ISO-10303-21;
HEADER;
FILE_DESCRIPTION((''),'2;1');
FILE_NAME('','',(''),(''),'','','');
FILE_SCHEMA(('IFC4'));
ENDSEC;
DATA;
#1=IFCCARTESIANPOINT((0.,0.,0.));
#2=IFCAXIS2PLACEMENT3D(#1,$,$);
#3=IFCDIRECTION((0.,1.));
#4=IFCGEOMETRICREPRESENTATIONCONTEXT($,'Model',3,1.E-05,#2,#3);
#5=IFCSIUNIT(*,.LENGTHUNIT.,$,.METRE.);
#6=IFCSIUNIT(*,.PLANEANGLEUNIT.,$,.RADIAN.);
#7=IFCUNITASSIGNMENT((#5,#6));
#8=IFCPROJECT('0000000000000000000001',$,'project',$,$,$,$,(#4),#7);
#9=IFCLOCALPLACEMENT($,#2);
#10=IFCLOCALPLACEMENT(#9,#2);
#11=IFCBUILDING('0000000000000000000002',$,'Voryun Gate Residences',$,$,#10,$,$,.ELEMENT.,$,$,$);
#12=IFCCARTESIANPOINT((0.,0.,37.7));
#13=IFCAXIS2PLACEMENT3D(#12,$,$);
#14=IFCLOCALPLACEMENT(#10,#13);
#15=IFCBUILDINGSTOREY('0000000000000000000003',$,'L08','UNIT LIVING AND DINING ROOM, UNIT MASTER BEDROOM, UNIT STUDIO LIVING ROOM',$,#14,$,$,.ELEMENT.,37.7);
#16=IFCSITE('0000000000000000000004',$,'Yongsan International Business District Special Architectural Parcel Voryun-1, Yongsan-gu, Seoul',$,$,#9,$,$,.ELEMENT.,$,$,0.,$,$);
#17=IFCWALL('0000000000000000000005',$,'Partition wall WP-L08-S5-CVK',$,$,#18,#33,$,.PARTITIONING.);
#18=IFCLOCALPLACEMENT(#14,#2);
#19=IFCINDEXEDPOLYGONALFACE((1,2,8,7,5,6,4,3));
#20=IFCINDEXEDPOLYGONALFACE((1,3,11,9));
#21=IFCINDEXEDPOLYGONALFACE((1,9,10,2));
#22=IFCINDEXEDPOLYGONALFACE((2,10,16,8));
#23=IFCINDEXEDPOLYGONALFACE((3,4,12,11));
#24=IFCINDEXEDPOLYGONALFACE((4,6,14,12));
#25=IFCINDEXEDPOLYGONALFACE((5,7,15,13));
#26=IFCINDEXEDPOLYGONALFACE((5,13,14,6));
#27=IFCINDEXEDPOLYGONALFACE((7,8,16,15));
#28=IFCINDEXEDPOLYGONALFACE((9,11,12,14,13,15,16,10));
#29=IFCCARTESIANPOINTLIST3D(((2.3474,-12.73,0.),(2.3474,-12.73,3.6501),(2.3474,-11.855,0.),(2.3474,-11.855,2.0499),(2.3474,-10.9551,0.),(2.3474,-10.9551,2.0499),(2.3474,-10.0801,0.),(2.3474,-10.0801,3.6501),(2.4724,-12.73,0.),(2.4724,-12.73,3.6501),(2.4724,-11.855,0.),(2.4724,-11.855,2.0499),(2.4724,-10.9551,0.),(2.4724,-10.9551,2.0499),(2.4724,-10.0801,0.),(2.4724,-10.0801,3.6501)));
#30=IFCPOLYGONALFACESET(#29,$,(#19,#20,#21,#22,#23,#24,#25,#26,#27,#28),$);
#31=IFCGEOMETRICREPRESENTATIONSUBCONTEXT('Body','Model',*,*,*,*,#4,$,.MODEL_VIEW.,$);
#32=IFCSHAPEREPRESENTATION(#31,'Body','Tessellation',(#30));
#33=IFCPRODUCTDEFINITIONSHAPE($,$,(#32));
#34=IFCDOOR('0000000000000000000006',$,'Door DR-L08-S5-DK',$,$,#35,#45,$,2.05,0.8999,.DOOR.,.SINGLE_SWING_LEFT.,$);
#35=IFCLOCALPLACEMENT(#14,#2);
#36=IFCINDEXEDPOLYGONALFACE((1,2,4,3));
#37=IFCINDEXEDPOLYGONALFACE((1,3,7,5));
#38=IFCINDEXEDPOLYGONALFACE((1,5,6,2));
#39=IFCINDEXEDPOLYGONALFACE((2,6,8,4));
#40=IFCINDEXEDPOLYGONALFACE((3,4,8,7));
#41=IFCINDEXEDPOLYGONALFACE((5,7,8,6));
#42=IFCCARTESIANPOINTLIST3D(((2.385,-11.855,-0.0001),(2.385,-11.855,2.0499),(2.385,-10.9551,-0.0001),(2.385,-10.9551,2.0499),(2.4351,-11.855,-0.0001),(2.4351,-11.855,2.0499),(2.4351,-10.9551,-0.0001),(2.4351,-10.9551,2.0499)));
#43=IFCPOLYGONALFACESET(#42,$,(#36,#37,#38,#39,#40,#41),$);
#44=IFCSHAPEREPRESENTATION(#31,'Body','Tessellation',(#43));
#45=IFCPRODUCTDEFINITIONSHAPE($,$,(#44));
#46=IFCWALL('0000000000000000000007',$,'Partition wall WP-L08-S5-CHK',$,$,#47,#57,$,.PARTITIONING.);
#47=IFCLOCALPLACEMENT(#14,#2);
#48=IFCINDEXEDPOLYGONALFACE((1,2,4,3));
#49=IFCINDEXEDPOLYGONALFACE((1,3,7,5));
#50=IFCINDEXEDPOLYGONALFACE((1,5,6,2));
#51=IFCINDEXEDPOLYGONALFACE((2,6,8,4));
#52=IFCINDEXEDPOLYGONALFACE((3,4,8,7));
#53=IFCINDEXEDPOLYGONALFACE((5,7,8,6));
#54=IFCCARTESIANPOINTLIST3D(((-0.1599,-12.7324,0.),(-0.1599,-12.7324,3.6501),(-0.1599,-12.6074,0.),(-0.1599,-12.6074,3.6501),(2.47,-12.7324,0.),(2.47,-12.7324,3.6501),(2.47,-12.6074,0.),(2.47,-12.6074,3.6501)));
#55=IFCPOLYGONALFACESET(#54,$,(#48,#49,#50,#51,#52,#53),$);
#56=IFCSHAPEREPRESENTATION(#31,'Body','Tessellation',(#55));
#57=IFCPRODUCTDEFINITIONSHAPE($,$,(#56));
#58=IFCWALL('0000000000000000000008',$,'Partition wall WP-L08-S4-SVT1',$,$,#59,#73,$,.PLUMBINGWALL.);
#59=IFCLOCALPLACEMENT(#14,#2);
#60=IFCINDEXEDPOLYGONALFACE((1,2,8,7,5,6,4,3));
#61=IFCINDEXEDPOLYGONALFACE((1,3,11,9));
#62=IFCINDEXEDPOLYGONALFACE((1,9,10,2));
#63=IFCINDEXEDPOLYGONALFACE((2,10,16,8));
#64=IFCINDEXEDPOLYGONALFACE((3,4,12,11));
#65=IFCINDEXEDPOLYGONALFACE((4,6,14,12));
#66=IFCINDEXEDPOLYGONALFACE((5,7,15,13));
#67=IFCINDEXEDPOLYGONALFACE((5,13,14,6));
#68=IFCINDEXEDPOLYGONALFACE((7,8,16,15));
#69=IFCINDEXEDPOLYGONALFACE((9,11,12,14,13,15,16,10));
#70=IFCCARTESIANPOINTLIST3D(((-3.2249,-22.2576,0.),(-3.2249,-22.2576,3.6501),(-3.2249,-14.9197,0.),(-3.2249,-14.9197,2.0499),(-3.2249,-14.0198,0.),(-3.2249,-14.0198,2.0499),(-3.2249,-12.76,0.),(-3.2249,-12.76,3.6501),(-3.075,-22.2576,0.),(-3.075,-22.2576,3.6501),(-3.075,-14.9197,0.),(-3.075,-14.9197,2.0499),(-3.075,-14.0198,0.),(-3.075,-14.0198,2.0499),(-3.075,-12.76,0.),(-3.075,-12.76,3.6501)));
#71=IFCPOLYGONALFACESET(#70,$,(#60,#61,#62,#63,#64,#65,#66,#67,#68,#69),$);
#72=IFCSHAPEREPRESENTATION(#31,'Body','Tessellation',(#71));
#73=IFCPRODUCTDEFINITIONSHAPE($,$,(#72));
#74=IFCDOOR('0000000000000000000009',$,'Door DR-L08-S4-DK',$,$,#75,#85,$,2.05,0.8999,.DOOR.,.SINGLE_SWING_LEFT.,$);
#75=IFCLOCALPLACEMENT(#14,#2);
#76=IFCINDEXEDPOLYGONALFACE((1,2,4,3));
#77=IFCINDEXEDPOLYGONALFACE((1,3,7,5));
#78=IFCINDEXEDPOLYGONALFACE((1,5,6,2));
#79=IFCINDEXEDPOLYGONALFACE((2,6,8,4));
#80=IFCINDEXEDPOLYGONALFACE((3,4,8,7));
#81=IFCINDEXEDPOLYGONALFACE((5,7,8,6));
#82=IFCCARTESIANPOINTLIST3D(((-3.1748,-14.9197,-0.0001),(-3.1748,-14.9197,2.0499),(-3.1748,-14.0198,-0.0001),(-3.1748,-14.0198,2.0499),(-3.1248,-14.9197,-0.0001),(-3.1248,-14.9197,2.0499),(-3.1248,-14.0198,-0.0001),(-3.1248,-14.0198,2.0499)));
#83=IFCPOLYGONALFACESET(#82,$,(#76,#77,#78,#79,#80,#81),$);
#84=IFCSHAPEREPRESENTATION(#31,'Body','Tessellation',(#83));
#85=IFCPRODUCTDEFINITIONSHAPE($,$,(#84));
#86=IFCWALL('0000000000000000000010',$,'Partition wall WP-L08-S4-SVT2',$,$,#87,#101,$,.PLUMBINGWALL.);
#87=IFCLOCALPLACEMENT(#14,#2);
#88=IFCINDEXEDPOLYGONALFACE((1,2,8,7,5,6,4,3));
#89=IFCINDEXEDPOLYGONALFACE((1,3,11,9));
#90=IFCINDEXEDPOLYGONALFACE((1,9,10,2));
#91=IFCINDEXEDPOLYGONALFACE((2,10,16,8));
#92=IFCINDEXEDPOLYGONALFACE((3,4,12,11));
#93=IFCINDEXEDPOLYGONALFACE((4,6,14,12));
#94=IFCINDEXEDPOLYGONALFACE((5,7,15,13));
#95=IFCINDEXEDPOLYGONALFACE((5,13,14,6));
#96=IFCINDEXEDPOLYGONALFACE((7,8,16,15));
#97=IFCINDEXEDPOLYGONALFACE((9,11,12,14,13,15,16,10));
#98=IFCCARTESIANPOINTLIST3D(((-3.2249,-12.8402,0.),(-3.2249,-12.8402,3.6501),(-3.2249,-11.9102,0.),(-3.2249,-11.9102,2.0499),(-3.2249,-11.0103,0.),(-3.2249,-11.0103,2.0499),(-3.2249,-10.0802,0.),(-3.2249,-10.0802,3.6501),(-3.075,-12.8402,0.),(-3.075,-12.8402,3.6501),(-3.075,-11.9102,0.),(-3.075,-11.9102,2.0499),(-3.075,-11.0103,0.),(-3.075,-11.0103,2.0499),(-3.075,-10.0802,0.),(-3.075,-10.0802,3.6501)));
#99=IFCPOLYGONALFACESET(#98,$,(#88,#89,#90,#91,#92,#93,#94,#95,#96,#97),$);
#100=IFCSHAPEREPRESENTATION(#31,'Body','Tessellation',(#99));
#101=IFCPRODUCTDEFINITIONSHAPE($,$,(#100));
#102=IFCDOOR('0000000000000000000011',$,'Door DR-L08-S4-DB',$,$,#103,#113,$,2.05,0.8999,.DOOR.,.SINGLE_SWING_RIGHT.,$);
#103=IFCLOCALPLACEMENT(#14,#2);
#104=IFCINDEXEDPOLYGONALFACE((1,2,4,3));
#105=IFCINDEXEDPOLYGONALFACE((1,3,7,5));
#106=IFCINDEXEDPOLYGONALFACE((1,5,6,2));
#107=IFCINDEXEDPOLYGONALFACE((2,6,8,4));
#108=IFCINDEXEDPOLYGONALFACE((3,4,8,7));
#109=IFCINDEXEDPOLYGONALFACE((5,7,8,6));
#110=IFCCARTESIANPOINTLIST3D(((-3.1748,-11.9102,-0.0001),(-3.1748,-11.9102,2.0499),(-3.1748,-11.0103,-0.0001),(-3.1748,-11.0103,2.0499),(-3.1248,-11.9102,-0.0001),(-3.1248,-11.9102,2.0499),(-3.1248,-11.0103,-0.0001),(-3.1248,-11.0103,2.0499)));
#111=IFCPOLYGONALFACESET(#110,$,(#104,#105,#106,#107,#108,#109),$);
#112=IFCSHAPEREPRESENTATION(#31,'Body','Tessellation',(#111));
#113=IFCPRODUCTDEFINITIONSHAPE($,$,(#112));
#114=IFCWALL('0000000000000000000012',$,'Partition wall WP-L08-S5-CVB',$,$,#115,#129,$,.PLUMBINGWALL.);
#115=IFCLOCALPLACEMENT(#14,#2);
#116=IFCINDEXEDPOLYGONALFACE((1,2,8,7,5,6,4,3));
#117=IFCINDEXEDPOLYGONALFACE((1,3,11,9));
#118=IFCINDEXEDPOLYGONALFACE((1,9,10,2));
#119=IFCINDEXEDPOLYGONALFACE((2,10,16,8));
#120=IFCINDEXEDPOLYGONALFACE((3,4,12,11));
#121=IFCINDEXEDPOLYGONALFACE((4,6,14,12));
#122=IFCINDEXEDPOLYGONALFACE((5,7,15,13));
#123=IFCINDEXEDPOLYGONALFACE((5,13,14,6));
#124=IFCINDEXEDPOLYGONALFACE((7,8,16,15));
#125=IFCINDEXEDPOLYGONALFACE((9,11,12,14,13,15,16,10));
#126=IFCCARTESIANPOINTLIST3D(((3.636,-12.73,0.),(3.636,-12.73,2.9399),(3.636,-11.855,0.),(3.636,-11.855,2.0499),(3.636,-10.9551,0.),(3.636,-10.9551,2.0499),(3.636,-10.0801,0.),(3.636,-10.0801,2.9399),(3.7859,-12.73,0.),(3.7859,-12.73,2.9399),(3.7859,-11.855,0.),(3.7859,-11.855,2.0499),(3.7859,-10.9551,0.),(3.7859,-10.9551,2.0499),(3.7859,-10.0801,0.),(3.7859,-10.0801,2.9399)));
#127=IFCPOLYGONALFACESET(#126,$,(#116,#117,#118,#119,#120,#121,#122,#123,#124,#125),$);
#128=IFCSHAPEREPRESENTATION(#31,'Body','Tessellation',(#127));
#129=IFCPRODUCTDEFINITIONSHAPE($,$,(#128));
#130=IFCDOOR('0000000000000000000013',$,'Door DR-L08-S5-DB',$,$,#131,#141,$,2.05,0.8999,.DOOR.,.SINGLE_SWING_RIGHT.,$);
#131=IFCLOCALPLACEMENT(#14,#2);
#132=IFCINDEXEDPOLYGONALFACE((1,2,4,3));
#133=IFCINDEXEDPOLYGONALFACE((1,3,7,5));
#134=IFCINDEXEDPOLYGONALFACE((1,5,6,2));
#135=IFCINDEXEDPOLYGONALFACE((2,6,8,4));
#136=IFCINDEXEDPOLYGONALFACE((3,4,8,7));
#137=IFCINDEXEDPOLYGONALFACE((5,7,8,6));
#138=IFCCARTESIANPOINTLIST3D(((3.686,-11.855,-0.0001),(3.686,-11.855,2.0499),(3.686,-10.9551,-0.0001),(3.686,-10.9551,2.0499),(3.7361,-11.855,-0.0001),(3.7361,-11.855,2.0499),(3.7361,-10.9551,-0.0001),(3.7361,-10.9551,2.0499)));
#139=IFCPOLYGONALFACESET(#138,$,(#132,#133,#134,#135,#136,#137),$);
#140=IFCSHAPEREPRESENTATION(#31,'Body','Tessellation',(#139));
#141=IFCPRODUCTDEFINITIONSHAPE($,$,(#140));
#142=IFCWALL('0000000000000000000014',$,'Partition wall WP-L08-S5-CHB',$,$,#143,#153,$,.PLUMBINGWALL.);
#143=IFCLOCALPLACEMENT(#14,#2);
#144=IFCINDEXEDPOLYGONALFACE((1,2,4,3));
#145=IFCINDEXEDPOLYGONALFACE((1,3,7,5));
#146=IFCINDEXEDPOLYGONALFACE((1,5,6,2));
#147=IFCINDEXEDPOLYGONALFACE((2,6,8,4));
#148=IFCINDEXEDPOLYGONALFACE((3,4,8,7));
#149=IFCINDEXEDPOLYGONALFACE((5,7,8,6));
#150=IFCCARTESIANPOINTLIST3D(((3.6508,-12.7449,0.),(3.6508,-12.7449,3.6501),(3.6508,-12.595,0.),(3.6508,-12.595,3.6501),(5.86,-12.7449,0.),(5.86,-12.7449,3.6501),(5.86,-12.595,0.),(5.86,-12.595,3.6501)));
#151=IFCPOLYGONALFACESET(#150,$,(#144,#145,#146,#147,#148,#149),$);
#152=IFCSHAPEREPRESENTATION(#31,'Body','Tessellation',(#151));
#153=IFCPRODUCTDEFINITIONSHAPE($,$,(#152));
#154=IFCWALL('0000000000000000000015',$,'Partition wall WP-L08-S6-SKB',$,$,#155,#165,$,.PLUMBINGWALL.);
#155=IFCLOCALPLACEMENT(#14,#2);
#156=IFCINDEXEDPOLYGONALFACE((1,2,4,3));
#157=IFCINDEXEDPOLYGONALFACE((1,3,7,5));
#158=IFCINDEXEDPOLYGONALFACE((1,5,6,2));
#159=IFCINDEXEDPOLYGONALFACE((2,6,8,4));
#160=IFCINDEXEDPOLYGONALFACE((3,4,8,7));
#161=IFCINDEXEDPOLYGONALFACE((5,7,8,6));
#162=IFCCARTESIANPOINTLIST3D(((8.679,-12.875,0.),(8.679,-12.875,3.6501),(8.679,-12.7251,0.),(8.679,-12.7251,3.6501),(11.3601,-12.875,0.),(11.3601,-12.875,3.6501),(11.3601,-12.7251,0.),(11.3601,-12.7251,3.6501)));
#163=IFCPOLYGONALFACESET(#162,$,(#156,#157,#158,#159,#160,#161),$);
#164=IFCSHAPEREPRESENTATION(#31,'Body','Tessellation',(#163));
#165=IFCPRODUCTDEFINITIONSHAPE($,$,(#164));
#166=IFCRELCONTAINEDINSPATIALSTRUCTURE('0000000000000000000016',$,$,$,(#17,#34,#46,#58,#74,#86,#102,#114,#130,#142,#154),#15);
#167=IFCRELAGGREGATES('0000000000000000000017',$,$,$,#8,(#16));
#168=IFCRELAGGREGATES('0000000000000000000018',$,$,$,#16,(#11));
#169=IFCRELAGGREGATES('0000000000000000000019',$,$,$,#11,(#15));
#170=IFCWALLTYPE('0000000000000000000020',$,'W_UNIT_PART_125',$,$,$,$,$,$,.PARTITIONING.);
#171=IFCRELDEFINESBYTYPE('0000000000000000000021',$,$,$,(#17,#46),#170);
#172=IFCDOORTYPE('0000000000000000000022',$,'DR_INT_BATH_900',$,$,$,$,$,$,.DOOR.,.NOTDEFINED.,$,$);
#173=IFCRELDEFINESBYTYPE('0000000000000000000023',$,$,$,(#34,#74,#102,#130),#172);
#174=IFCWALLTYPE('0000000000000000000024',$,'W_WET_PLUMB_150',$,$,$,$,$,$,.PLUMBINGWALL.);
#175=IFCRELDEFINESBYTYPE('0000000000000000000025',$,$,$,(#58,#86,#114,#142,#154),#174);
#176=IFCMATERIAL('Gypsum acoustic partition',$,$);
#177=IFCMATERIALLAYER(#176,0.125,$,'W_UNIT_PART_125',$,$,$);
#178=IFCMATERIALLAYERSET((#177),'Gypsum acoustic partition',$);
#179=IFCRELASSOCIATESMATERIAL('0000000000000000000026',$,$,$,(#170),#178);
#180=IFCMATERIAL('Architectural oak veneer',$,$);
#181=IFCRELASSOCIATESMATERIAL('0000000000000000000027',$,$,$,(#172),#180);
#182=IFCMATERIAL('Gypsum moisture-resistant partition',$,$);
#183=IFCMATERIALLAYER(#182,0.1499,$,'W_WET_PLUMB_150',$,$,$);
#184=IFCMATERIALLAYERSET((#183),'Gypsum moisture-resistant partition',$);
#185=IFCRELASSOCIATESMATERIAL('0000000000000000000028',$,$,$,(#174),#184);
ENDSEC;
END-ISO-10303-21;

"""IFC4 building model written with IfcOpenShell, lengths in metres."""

from ifc_helpers import new_model, si_unit, direction, frame, frame_2d, origin, place, context, subcontext, project, spatial, rectangle, extrude, material, layer, layer_set, type_object, element, fill, save


model = new_model("IFC4")

# Units and contexts
model_context = context("Model", 3, precision=1e-05, world=origin(), true_north=direction((0.0, 1.0)))
body_context = subcontext(model_context, "Body", "Model", "MODEL_VIEW")
ifc_project = project(units=[si_unit("LENGTHUNIT", "METRE"), si_unit("PLANEANGLEUNIT", "RADIAN")], contexts=[model_context])

# Site, building, storey
site_placement = place(None, origin())
site = spatial("IfcSite", under=ifc_project, at=site_placement, Name="Yongsan International Business District Special Architectural Parcel Voryun-1, Yongsan-gu, Seoul", CompositionType="ELEMENT", RefElevation=0.0)
building_placement = place(site_placement, origin())
building = spatial("IfcBuilding", under=site, at=building_placement, Name="Voryun Gate Residences", CompositionType="ELEMENT")
storey_placement = place(building_placement, frame((0.0, 0.0, 37.7)))
storey = spatial("IfcBuildingStorey", under=building, at=storey_placement, Name="L08", Description="UNIT LIVING AND DINING ROOM, UNIT MASTER BEDROOM, UNIT STUDIO LIVING ROOM", CompositionType="ELEMENT", Elevation=37.7)

# Wall, opening, door
ifc_material_1 = material(Name="Gypsum acoustic partition")
ifc_layer_1 = layer(ifc_material_1, 0.125, Name="W_UNIT_PART_125")
ifc_layer_set_1 = layer_set([ifc_layer_1], Name="Gypsum acoustic partition")
wall_type_1 = type_object("IfcWallType", Name="W_UNIT_PART_125", PredefinedType="PARTITIONING", material=ifc_layer_set_1)
wall_1_placement = place(storey_placement, frame((2.4099, -12.73, 0.0), z_axis=(0.0, 0.0, 1.0), x_axis=(0.0, 1.0, 0.0)))
wall_1 = element("IfcWall", 1, at=wall_1_placement, inside=storey, type_object=wall_type_1, Name="Partition wall WP-L08-S5-CVK", PredefinedType="PARTITIONING", context=body_context, shape_type="SweptSolid", body=[
    extrude(rectangle(XDim=2.6499, YDim=0.125, at=frame_2d((1.325, 0.0))), origin(), (0.0, 0.0, 1.0), 3.6501),
])
opening_1_placement = place(wall_1_placement, frame((0.875, 0.0, 0.0)))
opening_1 = element("IfcOpeningElement", 2, at=opening_1_placement, cuts=wall_1, PredefinedType="OPENING", context=body_context, shape_type="SweptSolid", body=[
    extrude(rectangle(XDim=0.8999, YDim=2.05, at=frame_2d((0.45, 1.0249))), frame((0.0, 0.0725, 0.0), z_axis=(0.0, -1.0, 0.0), x_axis=(1.0, 0.0, 0.0)), (0.0, 0.0, 1.0), 0.145),
])
ifc_material_2 = material(Name="Architectural oak veneer")
door_type = type_object("IfcDoorType", Name="DR_INT_BATH_900", OperationType="NOTDEFINED", PredefinedType="DOOR", material=ifc_material_2)
door_1_placement = place(opening_1_placement, origin())
door_1 = element("IfcDoor", 3, at=door_1_placement, inside=storey, type_object=door_type, Name="Door DR-L08-S5-DK", OperationType="SINGLE_SWING_LEFT", OverallHeight=2.05, OverallWidth=0.8999, PredefinedType="DOOR", context=body_context, shape_type="SweptSolid", body=[
    extrude(rectangle(XDim=0.8999, YDim=2.05, at=frame_2d((0.45, 1.0249))), frame((0.0, 0.0249, 0.0), z_axis=(0.0, -1.0, 0.0), x_axis=(1.0, 0.0, 0.0)), (0.0, 0.0, 1.0), 0.05),
])
fill(opening_1, door_1)

# Wall
wall_2_placement = place(storey_placement, frame((-0.1599, -12.6699, 0.0), z_axis=(0.0, 0.0, 1.0), x_axis=(1.0, 0.0, 0.0)))
element("IfcWall", 4, at=wall_2_placement, inside=storey, type_object=wall_type_1, Name="Partition wall WP-L08-S5-CHK", PredefinedType="PARTITIONING", context=body_context, shape_type="SweptSolid", body=[
    extrude(rectangle(XDim=2.6299, YDim=0.125, at=frame_2d((1.3149, 0.0))), origin(), (0.0, 0.0, 1.0), 3.6501),
])

# Walls, openings, doors
ifc_material_3 = material(Name="Gypsum moisture-resistant partition")
ifc_layer_2 = layer(ifc_material_3, 0.1499, Name="W_WET_PLUMB_150")
ifc_layer_set_2 = layer_set([ifc_layer_2], Name="Gypsum moisture-resistant partition")
wall_type_2 = type_object("IfcWallType", Name="W_WET_PLUMB_150", PredefinedType="PLUMBINGWALL", material=ifc_layer_set_2)
wall_3_placement = place(storey_placement, frame((-3.1499, -22.2576, 0.0), z_axis=(0.0, 0.0, 1.0), x_axis=(0.0, 1.0, 0.0)))
wall_3 = element("IfcWall", 5, at=wall_3_placement, inside=storey, type_object=wall_type_2, Name="Partition wall WP-L08-S4-SVT1", PredefinedType="PLUMBINGWALL", context=body_context, shape_type="SweptSolid", body=[
    extrude(rectangle(XDim=9.4976, YDim=0.1499, at=frame_2d((4.7488, 0.0))), origin(), (0.0, 0.0, 1.0), 3.6501),
])
opening_2_placement = place(wall_3_placement, frame((7.3379, 0.0, 0.0)))
opening_2 = element("IfcOpeningElement", 6, at=opening_2_placement, cuts=wall_3, PredefinedType="OPENING", context=body_context, shape_type="SweptSolid", body=[
    extrude(rectangle(XDim=0.8999, YDim=2.05, at=frame_2d((0.45, 1.0249))), frame((0.0, 0.085, 0.0), z_axis=(0.0, -1.0, 0.0), x_axis=(1.0, 0.0, 0.0)), (0.0, 0.0, 1.0), 0.1699),
])
door_2_placement = place(opening_2_placement, origin())
door_2 = element("IfcDoor", 7, at=door_2_placement, inside=storey, type_object=door_type, Name="Door DR-L08-S4-DK", OperationType="SINGLE_SWING_LEFT", OverallHeight=2.05, OverallWidth=0.8999, PredefinedType="DOOR", context=body_context, shape_type="SweptSolid", body=[
    extrude(rectangle(XDim=0.8999, YDim=2.05, at=frame_2d((0.45, 1.0249))), frame((0.0, 0.0249, 0.0), z_axis=(0.0, -1.0, 0.0), x_axis=(1.0, 0.0, 0.0)), (0.0, 0.0, 1.0), 0.05),
])
fill(opening_2, door_2)
wall_4_placement = place(storey_placement, frame((-3.1499, -12.8401, 0.0), z_axis=(0.0, 0.0, 1.0), x_axis=(0.0, 1.0, 0.0)))
wall_4 = element("IfcWall", 8, at=wall_4_placement, inside=storey, type_object=wall_type_2, Name="Partition wall WP-L08-S4-SVT2", PredefinedType="PLUMBINGWALL", context=body_context, shape_type="SweptSolid", body=[
    extrude(rectangle(XDim=2.76, YDim=0.1499, at=frame_2d((1.3799, 0.0))), origin(), (0.0, 0.0, 1.0), 3.6501),
])
opening_3_placement = place(wall_4_placement, frame((0.9299, 0.0, 0.0)))
opening_3 = element("IfcOpeningElement", 9, at=opening_3_placement, cuts=wall_4, PredefinedType="OPENING", context=body_context, shape_type="SweptSolid", body=[
    extrude(rectangle(XDim=0.8999, YDim=2.05, at=frame_2d((0.45, 1.0249))), frame((0.0, 0.085, 0.0), z_axis=(0.0, -1.0, 0.0), x_axis=(1.0, 0.0, 0.0)), (0.0, 0.0, 1.0), 0.1699),
])
door_3_placement = place(opening_3_placement, origin())
door_3 = element("IfcDoor", 10, at=door_3_placement, inside=storey, type_object=door_type, Name="Door DR-L08-S4-DB", OperationType="SINGLE_SWING_RIGHT", OverallHeight=2.05, OverallWidth=0.8999, PredefinedType="DOOR", context=body_context, shape_type="SweptSolid", body=[
    extrude(rectangle(XDim=0.8999, YDim=2.05, at=frame_2d((0.45, 1.0249))), frame((0.0, 0.0249, 0.0), z_axis=(0.0, -1.0, 0.0), x_axis=(1.0, 0.0, 0.0)), (0.0, 0.0, 1.0), 0.05),
])
fill(opening_3, door_3)
wall_5_placement = place(storey_placement, frame((3.7109, -12.73, 0.0), z_axis=(0.0, 0.0, 1.0), x_axis=(0.0, 1.0, 0.0)))
wall_5 = element("IfcWall", 11, at=wall_5_placement, inside=storey, type_object=wall_type_2, Name="Partition wall WP-L08-S5-CVB", PredefinedType="PLUMBINGWALL", context=body_context, shape_type="SweptSolid", body=[
    extrude(rectangle(XDim=2.6499, YDim=0.1499, at=frame_2d((1.325, 0.0))), origin(), (0.0, 0.0, 1.0), 2.9399),
])
opening_4_placement = place(wall_5_placement, frame((0.875, 0.0, 0.0)))
opening_4 = element("IfcOpeningElement", 12, at=opening_4_placement, cuts=wall_5, PredefinedType="OPENING", context=body_context, shape_type="SweptSolid", body=[
    extrude(rectangle(XDim=0.8999, YDim=2.05, at=frame_2d((0.45, 1.0249))), frame((0.0, 0.085, 0.0), z_axis=(0.0, -1.0, 0.0), x_axis=(1.0, 0.0, 0.0)), (0.0, 0.0, 1.0), 0.1699),
])
door_4_placement = place(opening_4_placement, origin())
door_4 = element("IfcDoor", 13, at=door_4_placement, inside=storey, type_object=door_type, Name="Door DR-L08-S5-DB", OperationType="SINGLE_SWING_RIGHT", OverallHeight=2.05, OverallWidth=0.8999, PredefinedType="DOOR", context=body_context, shape_type="SweptSolid", body=[
    extrude(rectangle(XDim=0.8999, YDim=2.05, at=frame_2d((0.45, 1.0249))), frame((0.0, 0.0249, 0.0), z_axis=(0.0, -1.0, 0.0), x_axis=(1.0, 0.0, 0.0)), (0.0, 0.0, 1.0), 0.05),
])
fill(opening_4, door_4)

# Walls
wall_6_placement = place(storey_placement, frame((3.6509, -12.6699, 0.0), z_axis=(0.0, 0.0, 1.0), x_axis=(1.0, 0.0, 0.0)))
element("IfcWall", 14, at=wall_6_placement, inside=storey, type_object=wall_type_2, Name="Partition wall WP-L08-S5-CHB", PredefinedType="PLUMBINGWALL", context=body_context, shape_type="SweptSolid", body=[
    extrude(rectangle(XDim=2.2092, YDim=0.1499, at=frame_2d((1.1045, 0.0))), origin(), (0.0, 0.0, 1.0), 3.6501),
])
wall_7_placement = place(storey_placement, frame((8.679, -12.8, 0.0), z_axis=(0.0, 0.0, 1.0), x_axis=(1.0, 0.0, 0.0)))
element("IfcWall", 15, at=wall_7_placement, inside=storey, type_object=wall_type_2, Name="Partition wall WP-L08-S6-SKB", PredefinedType="PLUMBINGWALL", context=body_context, shape_type="SweptSolid", body=[
    extrude(rectangle(XDim=2.6812, YDim=0.1499, at=frame_2d((1.3406, 0.0))), origin(), (0.0, 0.0, 1.0), 3.6501),
])

save(model, "model.ifc")
